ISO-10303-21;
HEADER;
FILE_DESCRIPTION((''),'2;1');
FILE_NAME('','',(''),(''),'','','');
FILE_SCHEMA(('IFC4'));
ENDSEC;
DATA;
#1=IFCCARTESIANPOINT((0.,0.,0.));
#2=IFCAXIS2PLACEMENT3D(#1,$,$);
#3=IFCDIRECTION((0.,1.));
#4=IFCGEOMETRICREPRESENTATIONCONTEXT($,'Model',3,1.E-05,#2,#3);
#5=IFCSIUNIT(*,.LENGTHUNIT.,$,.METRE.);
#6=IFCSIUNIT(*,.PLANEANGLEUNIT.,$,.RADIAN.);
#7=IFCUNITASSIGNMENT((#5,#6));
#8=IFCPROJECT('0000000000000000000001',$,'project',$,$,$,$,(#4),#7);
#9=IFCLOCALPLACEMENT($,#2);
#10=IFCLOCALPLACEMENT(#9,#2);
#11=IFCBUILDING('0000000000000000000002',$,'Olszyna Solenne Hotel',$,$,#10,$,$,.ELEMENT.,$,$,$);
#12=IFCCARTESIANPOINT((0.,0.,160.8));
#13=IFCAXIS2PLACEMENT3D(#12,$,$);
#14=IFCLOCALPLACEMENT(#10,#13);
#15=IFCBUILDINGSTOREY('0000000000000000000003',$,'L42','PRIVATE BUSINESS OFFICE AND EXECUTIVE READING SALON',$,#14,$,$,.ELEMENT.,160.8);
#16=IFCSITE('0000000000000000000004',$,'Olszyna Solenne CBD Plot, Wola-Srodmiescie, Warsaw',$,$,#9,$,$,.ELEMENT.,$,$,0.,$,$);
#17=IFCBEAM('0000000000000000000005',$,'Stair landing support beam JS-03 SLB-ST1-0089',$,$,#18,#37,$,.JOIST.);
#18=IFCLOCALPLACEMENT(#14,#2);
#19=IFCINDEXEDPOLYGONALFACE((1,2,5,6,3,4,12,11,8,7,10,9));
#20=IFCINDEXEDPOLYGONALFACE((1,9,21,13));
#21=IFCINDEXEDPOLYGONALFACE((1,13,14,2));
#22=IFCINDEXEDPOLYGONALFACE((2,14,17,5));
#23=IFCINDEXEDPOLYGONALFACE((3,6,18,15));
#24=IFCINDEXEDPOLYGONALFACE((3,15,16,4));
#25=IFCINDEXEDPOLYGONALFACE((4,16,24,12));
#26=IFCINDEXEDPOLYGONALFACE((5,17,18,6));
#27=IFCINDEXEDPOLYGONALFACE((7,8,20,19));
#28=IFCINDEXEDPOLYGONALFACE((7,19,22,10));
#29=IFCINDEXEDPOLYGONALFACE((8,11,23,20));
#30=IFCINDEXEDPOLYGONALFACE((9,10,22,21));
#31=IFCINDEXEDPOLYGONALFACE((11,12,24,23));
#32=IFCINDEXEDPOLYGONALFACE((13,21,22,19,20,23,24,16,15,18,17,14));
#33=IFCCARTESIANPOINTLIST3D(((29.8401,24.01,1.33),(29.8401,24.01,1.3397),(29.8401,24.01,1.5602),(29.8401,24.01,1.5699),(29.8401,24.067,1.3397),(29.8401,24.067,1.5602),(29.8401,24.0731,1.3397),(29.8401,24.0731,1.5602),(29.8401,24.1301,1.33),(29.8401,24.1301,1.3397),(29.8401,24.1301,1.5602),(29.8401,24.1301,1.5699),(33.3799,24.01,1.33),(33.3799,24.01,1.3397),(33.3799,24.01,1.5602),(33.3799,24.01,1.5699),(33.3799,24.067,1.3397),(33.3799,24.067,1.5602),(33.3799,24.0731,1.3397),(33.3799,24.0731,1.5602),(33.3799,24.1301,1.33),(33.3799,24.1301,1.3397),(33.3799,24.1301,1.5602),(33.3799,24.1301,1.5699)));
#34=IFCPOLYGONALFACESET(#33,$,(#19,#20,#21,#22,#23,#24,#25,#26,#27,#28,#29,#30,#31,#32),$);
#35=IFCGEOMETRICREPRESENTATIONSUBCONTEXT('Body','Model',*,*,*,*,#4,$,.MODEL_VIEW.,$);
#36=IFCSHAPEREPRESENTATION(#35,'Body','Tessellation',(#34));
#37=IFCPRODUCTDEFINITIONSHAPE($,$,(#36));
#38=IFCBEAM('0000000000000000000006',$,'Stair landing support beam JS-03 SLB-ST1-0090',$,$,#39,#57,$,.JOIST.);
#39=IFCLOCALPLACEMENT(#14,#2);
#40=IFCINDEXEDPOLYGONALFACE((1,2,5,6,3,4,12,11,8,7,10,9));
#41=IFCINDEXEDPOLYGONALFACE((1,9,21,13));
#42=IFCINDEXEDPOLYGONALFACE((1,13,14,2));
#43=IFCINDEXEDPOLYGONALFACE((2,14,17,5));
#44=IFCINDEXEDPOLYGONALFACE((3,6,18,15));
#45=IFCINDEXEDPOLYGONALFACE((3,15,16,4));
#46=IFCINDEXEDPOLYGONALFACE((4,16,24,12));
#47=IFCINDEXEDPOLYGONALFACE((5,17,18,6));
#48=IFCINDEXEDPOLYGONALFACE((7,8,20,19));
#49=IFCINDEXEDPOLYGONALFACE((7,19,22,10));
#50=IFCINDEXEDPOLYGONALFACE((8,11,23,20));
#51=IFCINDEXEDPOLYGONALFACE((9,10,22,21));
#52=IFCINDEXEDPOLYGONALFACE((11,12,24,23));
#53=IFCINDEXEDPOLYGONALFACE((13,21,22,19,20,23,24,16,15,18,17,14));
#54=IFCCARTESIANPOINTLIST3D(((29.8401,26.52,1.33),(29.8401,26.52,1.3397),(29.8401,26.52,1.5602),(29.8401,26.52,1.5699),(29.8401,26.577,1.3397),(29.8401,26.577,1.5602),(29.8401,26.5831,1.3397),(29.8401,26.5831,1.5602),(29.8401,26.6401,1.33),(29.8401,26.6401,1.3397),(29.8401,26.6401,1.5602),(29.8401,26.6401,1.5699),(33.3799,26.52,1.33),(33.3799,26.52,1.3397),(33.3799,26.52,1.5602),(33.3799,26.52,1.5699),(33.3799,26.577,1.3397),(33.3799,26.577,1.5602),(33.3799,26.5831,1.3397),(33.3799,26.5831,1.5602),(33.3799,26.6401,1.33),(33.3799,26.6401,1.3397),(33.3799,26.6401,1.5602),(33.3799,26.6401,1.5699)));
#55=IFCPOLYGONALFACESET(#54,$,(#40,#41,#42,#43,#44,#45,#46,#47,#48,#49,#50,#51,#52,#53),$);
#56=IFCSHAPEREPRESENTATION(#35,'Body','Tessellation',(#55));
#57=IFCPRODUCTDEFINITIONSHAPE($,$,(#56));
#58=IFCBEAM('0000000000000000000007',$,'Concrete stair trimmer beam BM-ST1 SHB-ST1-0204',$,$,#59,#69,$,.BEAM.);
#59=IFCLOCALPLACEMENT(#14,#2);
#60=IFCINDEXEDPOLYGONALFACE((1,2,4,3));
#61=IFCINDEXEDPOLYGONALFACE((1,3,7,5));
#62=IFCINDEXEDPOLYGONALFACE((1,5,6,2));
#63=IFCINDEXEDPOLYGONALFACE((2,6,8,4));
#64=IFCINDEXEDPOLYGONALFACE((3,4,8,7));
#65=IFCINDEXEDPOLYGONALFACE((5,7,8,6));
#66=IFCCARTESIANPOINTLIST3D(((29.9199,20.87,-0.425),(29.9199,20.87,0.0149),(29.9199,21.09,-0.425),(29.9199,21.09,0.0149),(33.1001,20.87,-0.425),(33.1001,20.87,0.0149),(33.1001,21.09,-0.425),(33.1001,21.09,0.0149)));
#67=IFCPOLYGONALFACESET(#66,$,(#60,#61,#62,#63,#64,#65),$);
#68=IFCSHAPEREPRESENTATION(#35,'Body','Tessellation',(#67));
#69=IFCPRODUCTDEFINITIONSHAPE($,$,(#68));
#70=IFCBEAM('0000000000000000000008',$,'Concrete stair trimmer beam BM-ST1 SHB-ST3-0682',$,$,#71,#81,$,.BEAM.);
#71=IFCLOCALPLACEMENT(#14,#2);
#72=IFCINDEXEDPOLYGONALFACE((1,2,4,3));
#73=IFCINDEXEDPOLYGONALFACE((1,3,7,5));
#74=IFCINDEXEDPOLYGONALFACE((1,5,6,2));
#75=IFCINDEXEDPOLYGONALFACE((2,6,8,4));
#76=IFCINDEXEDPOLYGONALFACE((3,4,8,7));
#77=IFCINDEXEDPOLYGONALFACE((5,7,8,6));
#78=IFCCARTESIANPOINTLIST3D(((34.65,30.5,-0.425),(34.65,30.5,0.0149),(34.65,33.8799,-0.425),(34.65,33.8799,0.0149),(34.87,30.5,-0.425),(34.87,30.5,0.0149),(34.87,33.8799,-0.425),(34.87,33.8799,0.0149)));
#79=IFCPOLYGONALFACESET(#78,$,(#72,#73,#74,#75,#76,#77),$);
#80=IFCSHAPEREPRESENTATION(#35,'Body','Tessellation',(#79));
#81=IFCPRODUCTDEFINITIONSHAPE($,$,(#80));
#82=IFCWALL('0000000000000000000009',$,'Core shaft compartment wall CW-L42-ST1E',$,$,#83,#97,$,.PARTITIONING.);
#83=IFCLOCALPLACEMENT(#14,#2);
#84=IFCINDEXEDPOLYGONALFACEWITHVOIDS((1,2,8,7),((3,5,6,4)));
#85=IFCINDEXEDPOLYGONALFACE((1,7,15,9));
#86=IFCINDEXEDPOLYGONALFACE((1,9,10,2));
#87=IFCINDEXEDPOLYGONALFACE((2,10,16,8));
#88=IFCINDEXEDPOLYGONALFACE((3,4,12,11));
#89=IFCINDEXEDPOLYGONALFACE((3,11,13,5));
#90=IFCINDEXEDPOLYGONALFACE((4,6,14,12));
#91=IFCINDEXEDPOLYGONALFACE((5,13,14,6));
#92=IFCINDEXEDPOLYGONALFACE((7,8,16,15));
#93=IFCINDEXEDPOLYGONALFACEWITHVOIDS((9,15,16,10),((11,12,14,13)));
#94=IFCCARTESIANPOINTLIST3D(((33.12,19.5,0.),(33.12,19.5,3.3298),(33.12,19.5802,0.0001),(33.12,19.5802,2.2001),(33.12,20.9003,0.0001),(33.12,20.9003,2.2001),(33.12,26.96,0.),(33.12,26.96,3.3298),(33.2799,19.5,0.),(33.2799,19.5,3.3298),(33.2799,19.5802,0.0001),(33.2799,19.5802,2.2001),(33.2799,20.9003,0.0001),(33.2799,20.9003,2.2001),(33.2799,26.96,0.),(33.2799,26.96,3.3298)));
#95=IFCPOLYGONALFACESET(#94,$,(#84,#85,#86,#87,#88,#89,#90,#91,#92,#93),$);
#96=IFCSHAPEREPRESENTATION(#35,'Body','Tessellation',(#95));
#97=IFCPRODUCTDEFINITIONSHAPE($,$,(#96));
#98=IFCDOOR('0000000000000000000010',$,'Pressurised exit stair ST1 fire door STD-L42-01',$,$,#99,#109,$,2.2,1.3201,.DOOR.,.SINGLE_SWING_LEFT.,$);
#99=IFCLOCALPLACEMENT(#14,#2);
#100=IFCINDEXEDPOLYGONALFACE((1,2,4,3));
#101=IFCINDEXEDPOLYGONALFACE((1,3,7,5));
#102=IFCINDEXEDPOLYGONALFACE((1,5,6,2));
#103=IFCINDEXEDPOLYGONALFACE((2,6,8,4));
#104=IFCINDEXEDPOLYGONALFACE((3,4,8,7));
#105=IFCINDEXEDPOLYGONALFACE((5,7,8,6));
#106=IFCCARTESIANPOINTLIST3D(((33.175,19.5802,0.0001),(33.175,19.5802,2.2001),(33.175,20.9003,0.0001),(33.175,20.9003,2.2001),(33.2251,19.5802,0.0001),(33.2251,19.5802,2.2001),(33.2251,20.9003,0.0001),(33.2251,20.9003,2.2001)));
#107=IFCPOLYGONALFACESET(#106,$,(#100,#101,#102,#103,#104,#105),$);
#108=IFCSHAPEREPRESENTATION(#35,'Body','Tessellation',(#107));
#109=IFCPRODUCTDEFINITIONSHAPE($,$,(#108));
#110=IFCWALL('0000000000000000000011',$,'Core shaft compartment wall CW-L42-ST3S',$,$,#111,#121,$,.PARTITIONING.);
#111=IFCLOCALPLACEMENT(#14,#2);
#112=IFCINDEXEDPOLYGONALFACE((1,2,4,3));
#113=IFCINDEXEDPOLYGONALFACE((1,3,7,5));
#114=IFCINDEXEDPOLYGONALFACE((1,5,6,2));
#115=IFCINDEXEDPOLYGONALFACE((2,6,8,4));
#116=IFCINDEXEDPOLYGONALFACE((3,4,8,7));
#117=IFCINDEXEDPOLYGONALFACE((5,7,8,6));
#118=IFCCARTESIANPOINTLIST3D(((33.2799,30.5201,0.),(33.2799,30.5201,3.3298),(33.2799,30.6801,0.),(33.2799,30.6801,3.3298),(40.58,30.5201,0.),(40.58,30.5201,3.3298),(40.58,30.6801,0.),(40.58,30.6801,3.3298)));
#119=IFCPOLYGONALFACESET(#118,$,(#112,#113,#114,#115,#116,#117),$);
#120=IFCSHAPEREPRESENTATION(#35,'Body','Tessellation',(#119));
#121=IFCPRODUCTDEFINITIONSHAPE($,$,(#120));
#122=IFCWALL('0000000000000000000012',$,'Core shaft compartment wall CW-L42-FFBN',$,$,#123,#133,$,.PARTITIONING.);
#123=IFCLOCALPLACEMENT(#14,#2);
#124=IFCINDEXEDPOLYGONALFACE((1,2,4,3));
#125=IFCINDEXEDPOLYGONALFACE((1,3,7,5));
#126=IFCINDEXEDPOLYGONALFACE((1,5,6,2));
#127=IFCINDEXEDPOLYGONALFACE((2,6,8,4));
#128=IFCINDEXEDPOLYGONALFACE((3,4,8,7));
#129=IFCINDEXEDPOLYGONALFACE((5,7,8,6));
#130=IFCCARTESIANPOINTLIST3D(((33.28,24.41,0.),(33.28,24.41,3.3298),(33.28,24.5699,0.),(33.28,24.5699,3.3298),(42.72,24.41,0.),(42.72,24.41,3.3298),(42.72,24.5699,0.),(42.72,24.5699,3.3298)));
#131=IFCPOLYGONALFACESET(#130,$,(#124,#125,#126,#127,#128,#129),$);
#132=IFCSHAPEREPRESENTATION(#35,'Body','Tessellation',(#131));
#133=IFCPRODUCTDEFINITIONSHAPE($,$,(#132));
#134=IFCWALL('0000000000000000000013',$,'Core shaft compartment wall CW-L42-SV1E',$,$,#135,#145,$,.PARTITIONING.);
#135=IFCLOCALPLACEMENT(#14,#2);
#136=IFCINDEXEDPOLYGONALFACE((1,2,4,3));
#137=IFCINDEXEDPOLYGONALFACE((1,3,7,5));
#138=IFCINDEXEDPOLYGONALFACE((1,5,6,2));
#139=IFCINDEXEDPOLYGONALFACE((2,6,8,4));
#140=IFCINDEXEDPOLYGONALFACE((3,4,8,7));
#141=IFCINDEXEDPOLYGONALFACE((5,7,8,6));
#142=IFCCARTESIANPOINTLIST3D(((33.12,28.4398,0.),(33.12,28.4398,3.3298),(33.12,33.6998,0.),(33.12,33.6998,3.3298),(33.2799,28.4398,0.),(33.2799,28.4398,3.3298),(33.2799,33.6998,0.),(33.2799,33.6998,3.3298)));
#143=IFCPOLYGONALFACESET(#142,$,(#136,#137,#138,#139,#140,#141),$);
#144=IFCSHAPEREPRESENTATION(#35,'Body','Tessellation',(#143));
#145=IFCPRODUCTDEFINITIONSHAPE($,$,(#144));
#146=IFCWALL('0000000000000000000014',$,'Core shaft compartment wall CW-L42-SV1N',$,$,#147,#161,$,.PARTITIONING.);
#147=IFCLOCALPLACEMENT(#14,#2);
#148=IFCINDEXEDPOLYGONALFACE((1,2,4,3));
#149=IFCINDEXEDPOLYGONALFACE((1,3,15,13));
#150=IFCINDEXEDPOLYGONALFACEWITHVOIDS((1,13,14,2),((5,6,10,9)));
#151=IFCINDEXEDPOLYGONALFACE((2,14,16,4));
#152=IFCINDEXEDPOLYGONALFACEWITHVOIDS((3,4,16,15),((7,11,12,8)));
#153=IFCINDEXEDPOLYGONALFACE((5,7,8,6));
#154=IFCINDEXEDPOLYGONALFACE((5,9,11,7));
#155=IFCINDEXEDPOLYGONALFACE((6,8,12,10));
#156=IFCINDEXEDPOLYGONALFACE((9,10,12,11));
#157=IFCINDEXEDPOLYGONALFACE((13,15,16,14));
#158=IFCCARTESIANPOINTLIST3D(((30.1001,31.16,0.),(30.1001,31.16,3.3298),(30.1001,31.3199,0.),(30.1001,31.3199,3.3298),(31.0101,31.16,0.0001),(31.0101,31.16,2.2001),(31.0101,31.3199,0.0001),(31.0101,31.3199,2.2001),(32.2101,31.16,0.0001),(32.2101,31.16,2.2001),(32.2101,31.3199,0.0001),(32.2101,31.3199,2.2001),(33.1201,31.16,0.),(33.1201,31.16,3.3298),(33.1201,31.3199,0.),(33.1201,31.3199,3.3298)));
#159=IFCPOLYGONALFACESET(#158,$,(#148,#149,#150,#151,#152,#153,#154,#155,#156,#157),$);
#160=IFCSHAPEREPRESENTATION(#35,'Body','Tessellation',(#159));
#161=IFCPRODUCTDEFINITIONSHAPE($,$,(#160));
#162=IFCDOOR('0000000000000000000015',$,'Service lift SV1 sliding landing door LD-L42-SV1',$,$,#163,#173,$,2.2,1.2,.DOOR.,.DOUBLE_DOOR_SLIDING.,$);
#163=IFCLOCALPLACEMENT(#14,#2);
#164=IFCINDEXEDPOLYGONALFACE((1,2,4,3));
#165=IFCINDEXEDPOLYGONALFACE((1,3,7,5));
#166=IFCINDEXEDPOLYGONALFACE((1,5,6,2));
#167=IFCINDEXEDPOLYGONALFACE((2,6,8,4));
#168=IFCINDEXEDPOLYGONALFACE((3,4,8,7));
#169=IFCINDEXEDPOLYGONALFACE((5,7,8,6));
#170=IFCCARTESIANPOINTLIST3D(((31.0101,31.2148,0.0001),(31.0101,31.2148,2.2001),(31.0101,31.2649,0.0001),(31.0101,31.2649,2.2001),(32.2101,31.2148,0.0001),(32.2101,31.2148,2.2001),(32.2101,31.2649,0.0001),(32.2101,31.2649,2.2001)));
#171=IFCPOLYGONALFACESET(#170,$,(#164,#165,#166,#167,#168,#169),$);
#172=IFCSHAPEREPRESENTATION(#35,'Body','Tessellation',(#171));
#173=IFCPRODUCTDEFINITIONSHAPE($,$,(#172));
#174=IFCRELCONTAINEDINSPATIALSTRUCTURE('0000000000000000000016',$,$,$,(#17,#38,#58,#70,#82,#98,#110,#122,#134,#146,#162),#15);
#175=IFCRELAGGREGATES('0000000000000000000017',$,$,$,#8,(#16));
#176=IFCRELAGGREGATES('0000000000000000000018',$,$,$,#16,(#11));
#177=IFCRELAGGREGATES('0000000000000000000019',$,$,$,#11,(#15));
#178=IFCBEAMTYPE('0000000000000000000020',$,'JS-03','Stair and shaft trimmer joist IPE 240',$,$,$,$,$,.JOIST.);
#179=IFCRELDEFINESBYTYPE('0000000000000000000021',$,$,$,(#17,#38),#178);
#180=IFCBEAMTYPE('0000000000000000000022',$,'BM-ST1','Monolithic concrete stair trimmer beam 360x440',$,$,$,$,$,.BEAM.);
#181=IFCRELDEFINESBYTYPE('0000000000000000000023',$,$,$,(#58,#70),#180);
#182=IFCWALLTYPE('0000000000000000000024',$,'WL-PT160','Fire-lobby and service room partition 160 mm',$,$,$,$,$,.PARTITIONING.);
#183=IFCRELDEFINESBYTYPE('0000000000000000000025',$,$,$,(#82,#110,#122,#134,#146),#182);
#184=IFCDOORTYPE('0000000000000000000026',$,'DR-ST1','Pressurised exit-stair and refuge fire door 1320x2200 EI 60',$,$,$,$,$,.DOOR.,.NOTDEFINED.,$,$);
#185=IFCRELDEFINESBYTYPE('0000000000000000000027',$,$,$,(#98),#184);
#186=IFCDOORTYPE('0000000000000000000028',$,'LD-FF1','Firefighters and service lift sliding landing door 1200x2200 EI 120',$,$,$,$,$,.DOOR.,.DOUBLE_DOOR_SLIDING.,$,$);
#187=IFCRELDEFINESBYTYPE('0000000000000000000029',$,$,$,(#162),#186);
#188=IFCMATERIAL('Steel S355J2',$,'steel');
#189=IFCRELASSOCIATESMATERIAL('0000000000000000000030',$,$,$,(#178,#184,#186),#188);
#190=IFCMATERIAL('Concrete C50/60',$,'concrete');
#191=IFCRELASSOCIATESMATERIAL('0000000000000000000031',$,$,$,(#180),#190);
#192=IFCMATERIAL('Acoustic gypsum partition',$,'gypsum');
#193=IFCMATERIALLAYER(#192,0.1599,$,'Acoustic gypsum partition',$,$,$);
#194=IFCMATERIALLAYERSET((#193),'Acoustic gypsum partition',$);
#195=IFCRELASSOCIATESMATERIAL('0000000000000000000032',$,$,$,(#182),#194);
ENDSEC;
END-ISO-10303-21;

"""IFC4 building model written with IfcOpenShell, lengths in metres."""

from ifc_helpers import new_model, si_unit, direction, frame, frame_2d, origin, origin_2d, place, context, subcontext, project, spatial, rectangle, i_section, extrude, source, transform, mapped, material, layer, layer_set, material_profile, profile_set, type_object, type_shapes, element, fill, save


model = new_model("IFC4")

# Units and contexts
model_context = context("Model", 3, precision=1e-05, world=origin(), true_north=direction((0.0, 1.0)))
body_context = subcontext(model_context, "Body", "Model", "MODEL_VIEW")
ifc_project = project(units=[si_unit("LENGTHUNIT", "METRE"), si_unit("PLANEANGLEUNIT", "RADIAN")], contexts=[model_context])

# Site, building, storey
site_placement = place(None, origin())
site = spatial("IfcSite", under=ifc_project, at=site_placement, Name="Olszyna Solenne CBD Plot, Wola-Srodmiescie, Warsaw", CompositionType="ELEMENT", RefElevation=0.0)
building_placement = place(site_placement, origin())
building = spatial("IfcBuilding", under=site, at=building_placement, Name="Olszyna Solenne Hotel", CompositionType="ELEMENT")
storey_placement = place(building_placement, frame((0.0, 0.0, 160.8)))
storey = spatial("IfcBuildingStorey", under=building, at=storey_placement, Name="L42", Description="PRIVATE BUSINESS OFFICE AND EXECUTIVE READING SALON", CompositionType="ELEMENT", Elevation=160.8)

# Beams
ifc_material_1 = material(Name="Steel S355J2", Category="steel")
ifc_material_profile_1 = material_profile(ifc_material_1, i_section(OverallWidth=0.1201, OverallDepth=0.24, WebThickness=0.0061, FlangeThickness=0.0098, at=origin_2d()), Name="IPE 240", Category="load-bearing")
ifc_profile_set_1 = profile_set([ifc_material_profile_1], Name="Steel S355J2")
beam_type_1 = type_object("IfcBeamType", Name="JS-03", Description="Stair and shaft trimmer joist IPE 240", PredefinedType="JOIST", material=ifc_profile_set_1)
shared_shape_1 = source(origin(), body_context, "Body", "SweptSolid", [
    extrude(i_section(OverallWidth=0.1201, OverallDepth=0.24, WebThickness=0.0061, FlangeThickness=0.0098, at=origin_2d()), origin(), (0.0, 0.0, 1.0), 3.5398),
])
for number, where, z_axis, x_axis, name in (
    (1, (33.3799, 24.0701, 1.45), (-1.0, 0.0, 0.0), (0.0, -1.0, 0.0), "Stair landing support beam JS-03 SLB-ST1-0089"),
    (2, (33.3799, 26.5801, 1.45), (-1.0, 0.0, 0.0), (0.0, -1.0, 0.0), "Stair landing support beam JS-03 SLB-ST1-0090"),
):
    element("IfcBeam", number, at=place(storey_placement, frame(where, z_axis=z_axis, x_axis=x_axis)), inside=storey, type_object=beam_type_1, Name=name, PredefinedType="JOIST", context=body_context, shape_type="MappedRepresentation", body=[
        mapped(shared_shape_1, transform((0.0, 0.0, 0.0), x_axis=(1.0, 0.0, 0.0), y_axis=(0.0, 1.0, 0.0), z_axis=(0.0, 0.0, 1.0), scale=1.0)),
    ])
ifc_material_2 = material(Name="Concrete C50/60", Category="concrete")
ifc_material_profile_2 = material_profile(ifc_material_2, rectangle(XDim=0.22, YDim=0.4399, at=origin_2d()), Name="RC 220x440", Category="load-bearing")
ifc_profile_set_2 = profile_set([ifc_material_profile_2], Name="Concrete C50/60")
beam_type_2 = type_object("IfcBeamType", Name="BM-ST1", Description="Monolithic concrete stair trimmer beam 360x440", PredefinedType="BEAM", material=ifc_profile_set_2)
shared_shape_2 = source(origin(), body_context, "Body", "SweptSolid", [
    extrude(rectangle(XDim=0.22, YDim=0.4399, at=origin_2d()), origin(), (0.0, 0.0, 1.0), 3.1802),
])
beam_1_placement = place(storey_placement, frame((33.1001, 20.98, -0.2051), z_axis=(-1.0, 0.0, 0.0), x_axis=(0.0, -1.0, 0.0)))
element("IfcBeam", 3, at=beam_1_placement, inside=storey, type_object=beam_type_2, Name="Concrete stair trimmer beam BM-ST1 SHB-ST1-0204", PredefinedType="BEAM", context=body_context, shape_type="MappedRepresentation", body=[
    mapped(shared_shape_2, transform((0.0, 0.0, 0.0), x_axis=(1.0, 0.0, 0.0), y_axis=(0.0, 1.0, 0.0), z_axis=(0.0, 0.0, 1.0), scale=1.0)),
])
shared_shape_3 = source(origin(), body_context, "Body", "SweptSolid", [
    extrude(rectangle(XDim=0.22, YDim=0.4399, at=origin_2d()), origin(), (0.0, 0.0, 1.0), 3.3799),
])
beam_2_placement = place(storey_placement, frame((34.76, 30.5, -0.2051), z_axis=(0.0, 1.0, 0.0), x_axis=(-1.0, 0.0, 0.0)))
element("IfcBeam", 4, at=beam_2_placement, inside=storey, type_object=beam_type_2, Name="Concrete stair trimmer beam BM-ST1 SHB-ST3-0682", PredefinedType="BEAM", context=body_context, shape_type="MappedRepresentation", body=[
    mapped(shared_shape_3, transform((0.0, 0.0, 0.0), x_axis=(1.0, 0.0, 0.0), y_axis=(0.0, 1.0, 0.0), z_axis=(0.0, 0.0, 1.0), scale=1.0)),
])

# Wall, opening, door
ifc_material_3 = material(Name="Acoustic gypsum partition", Category="gypsum")
ifc_layer_1 = layer(ifc_material_3, 0.1599, Name="Acoustic gypsum partition")
ifc_layer_set_1 = layer_set([ifc_layer_1], Name="Acoustic gypsum partition")
wall_type_1 = type_object("IfcWallType", Name="WL-PT160", Description="Fire-lobby and service room partition 160 mm", PredefinedType="PARTITIONING", material=ifc_layer_set_1)
wall_1_placement = place(storey_placement, frame((33.2, 19.5, 0.0), z_axis=(0.0, 0.0, 1.0), x_axis=(0.0, 1.0, 0.0)))
wall_1 = element("IfcWall", 5, at=wall_1_placement, inside=storey, type_object=wall_type_1, Name="Core shaft compartment wall CW-L42-ST1E", PredefinedType="PARTITIONING", context=body_context, shape_type="SweptSolid", body=[
    extrude(rectangle(XDim=7.46, YDim=0.1599, at=frame_2d((3.73, 0.0))), origin(), (0.0, 0.0, 1.0), 3.3298),
])
opening_1_placement = place(wall_1_placement, frame((0.0801, 0.0, 0.0)))
opening_1 = element("IfcOpeningElement", 6, at=opening_1_placement, cuts=wall_1, PredefinedType="OPENING", context=body_context, shape_type="SweptSolid", body=[
    extrude(rectangle(XDim=1.3201, YDim=2.2, at=frame_2d((0.6602, 1.1001))), frame((0.0, 0.0898, 0.0), z_axis=(0.0, -1.0, 0.0), x_axis=(1.0, 0.0, 0.0)), (0.0, 0.0, 1.0), 0.1799),
])
door_type_1 = type_object("IfcDoorType", Name="DR-ST1", Description="Pressurised exit-stair and refuge fire door 1320x2200 EI 60", OperationType="NOTDEFINED", PredefinedType="DOOR", material=ifc_material_1)
shared_shape_4 = source(origin(), body_context, "Body", "SweptSolid", [
    extrude(rectangle(XDim=1.3201, YDim=2.2, at=frame_2d((0.6602, 1.1001))), frame((0.0, 0.0249, 0.0), z_axis=(0.0, -1.0, 0.0), x_axis=(1.0, 0.0, 0.0)), (0.0, 0.0, 1.0), 0.05),
])
type_shapes(door_type_1, [shared_shape_4])
door_1_placement = place(opening_1_placement, origin())
door_1 = element("IfcDoor", 7, at=door_1_placement, inside=storey, type_object=door_type_1, Name="Pressurised exit stair ST1 fire door STD-L42-01", OperationType="SINGLE_SWING_LEFT", OverallHeight=2.2, OverallWidth=1.3201, PredefinedType="DOOR", context=body_context, shape_type="MappedRepresentation", body=[
    mapped(shared_shape_4, transform((0.0, 0.0, 0.0), x_axis=(1.0, 0.0, 0.0), y_axis=(0.0, 1.0, 0.0), z_axis=(0.0, 0.0, 1.0), scale=1.0)),
])
fill(opening_1, door_1)

# Walls
wall_2_placement = place(storey_placement, frame((33.28, 30.6001, 0.0), z_axis=(0.0, 0.0, 1.0), x_axis=(1.0, 0.0, 0.0)))
element("IfcWall", 8, at=wall_2_placement, inside=storey, type_object=wall_type_1, Name="Core shaft compartment wall CW-L42-ST3S", PredefinedType="PARTITIONING", context=body_context, shape_type="SweptSolid", body=[
    extrude(rectangle(XDim=7.3, YDim=0.1599, at=frame_2d((3.6499, 0.0))), origin(), (0.0, 0.0, 1.0), 3.3298),
])
wall_3_placement = place(storey_placement, frame((33.28, 24.49, 0.0), z_axis=(0.0, 0.0, 1.0), x_axis=(1.0, 0.0, 0.0)))
element("IfcWall", 9, at=wall_3_placement, inside=storey, type_object=wall_type_1, Name="Core shaft compartment wall CW-L42-FFBN", PredefinedType="PARTITIONING", context=body_context, shape_type="SweptSolid", body=[
    extrude(rectangle(XDim=9.4399, YDim=0.1599, at=frame_2d((4.72, 0.0))), origin(), (0.0, 0.0, 1.0), 3.3298),
])
wall_4_placement = place(storey_placement, frame((33.2, 28.4399, 0.0), z_axis=(0.0, 0.0, 1.0), x_axis=(0.0, 1.0, 0.0)))
element("IfcWall", 10, at=wall_4_placement, inside=storey, type_object=wall_type_1, Name="Core shaft compartment wall CW-L42-SV1E", PredefinedType="PARTITIONING", context=body_context, shape_type="SweptSolid", body=[
    extrude(rectangle(XDim=5.26, YDim=0.1599, at=frame_2d((2.6299, 0.0))), origin(), (0.0, 0.0, 1.0), 3.3298),
])

# Wall, opening, door
wall_5_placement = place(storey_placement, frame((30.1001, 31.24, 0.0), z_axis=(0.0, 0.0, 1.0), x_axis=(1.0, 0.0, 0.0)))
wall_5 = element("IfcWall", 11, at=wall_5_placement, inside=storey, type_object=wall_type_1, Name="Core shaft compartment wall CW-L42-SV1N", PredefinedType="PARTITIONING", context=body_context, shape_type="SweptSolid", body=[
    extrude(rectangle(XDim=3.02, YDim=0.1599, at=frame_2d((1.51, 0.0))), origin(), (0.0, 0.0, 1.0), 3.3298),
])
opening_2_placement = place(wall_5_placement, frame((0.9099, 0.0, 0.0)))
opening_2 = element("IfcOpeningElement", 12, at=opening_2_placement, cuts=wall_5, PredefinedType="OPENING", context=body_context, shape_type="SweptSolid", body=[
    extrude(rectangle(XDim=1.2, YDim=2.2, at=frame_2d((0.6001, 1.1001))), frame((0.0, 0.0898, 0.0), z_axis=(0.0, -1.0, 0.0), x_axis=(1.0, 0.0, 0.0)), (0.0, 0.0, 1.0), 0.1799),
])
door_type_2 = type_object("IfcDoorType", Name="LD-FF1", Description="Firefighters and service lift sliding landing door 1200x2200 EI 120", OperationType="DOUBLE_DOOR_SLIDING", PredefinedType="DOOR", material=ifc_material_1)
shared_shape_5 = source(origin(), body_context, "Body", "SweptSolid", [
    extrude(rectangle(XDim=1.2, YDim=2.2, at=frame_2d((0.6001, 1.1001))), frame((0.0, 0.0249, 0.0), z_axis=(0.0, -1.0, 0.0), x_axis=(1.0, 0.0, 0.0)), (0.0, 0.0, 1.0), 0.05),
])
type_shapes(door_type_2, [shared_shape_5])
door_2_placement = place(opening_2_placement, origin())
door_2 = element("IfcDoor", 13, at=door_2_placement, inside=storey, type_object=door_type_2, Name="Service lift SV1 sliding landing door LD-L42-SV1", OperationType="DOUBLE_DOOR_SLIDING", OverallHeight=2.2, OverallWidth=1.2, PredefinedType="DOOR", context=body_context, shape_type="MappedRepresentation", body=[
    mapped(shared_shape_5, transform((0.0, 0.0, 0.0), x_axis=(1.0, 0.0, 0.0), y_axis=(0.0, 1.0, 0.0), z_axis=(0.0, 0.0, 1.0), scale=1.0)),
])
fill(opening_2, door_2)

save(model, "model.ifc")
